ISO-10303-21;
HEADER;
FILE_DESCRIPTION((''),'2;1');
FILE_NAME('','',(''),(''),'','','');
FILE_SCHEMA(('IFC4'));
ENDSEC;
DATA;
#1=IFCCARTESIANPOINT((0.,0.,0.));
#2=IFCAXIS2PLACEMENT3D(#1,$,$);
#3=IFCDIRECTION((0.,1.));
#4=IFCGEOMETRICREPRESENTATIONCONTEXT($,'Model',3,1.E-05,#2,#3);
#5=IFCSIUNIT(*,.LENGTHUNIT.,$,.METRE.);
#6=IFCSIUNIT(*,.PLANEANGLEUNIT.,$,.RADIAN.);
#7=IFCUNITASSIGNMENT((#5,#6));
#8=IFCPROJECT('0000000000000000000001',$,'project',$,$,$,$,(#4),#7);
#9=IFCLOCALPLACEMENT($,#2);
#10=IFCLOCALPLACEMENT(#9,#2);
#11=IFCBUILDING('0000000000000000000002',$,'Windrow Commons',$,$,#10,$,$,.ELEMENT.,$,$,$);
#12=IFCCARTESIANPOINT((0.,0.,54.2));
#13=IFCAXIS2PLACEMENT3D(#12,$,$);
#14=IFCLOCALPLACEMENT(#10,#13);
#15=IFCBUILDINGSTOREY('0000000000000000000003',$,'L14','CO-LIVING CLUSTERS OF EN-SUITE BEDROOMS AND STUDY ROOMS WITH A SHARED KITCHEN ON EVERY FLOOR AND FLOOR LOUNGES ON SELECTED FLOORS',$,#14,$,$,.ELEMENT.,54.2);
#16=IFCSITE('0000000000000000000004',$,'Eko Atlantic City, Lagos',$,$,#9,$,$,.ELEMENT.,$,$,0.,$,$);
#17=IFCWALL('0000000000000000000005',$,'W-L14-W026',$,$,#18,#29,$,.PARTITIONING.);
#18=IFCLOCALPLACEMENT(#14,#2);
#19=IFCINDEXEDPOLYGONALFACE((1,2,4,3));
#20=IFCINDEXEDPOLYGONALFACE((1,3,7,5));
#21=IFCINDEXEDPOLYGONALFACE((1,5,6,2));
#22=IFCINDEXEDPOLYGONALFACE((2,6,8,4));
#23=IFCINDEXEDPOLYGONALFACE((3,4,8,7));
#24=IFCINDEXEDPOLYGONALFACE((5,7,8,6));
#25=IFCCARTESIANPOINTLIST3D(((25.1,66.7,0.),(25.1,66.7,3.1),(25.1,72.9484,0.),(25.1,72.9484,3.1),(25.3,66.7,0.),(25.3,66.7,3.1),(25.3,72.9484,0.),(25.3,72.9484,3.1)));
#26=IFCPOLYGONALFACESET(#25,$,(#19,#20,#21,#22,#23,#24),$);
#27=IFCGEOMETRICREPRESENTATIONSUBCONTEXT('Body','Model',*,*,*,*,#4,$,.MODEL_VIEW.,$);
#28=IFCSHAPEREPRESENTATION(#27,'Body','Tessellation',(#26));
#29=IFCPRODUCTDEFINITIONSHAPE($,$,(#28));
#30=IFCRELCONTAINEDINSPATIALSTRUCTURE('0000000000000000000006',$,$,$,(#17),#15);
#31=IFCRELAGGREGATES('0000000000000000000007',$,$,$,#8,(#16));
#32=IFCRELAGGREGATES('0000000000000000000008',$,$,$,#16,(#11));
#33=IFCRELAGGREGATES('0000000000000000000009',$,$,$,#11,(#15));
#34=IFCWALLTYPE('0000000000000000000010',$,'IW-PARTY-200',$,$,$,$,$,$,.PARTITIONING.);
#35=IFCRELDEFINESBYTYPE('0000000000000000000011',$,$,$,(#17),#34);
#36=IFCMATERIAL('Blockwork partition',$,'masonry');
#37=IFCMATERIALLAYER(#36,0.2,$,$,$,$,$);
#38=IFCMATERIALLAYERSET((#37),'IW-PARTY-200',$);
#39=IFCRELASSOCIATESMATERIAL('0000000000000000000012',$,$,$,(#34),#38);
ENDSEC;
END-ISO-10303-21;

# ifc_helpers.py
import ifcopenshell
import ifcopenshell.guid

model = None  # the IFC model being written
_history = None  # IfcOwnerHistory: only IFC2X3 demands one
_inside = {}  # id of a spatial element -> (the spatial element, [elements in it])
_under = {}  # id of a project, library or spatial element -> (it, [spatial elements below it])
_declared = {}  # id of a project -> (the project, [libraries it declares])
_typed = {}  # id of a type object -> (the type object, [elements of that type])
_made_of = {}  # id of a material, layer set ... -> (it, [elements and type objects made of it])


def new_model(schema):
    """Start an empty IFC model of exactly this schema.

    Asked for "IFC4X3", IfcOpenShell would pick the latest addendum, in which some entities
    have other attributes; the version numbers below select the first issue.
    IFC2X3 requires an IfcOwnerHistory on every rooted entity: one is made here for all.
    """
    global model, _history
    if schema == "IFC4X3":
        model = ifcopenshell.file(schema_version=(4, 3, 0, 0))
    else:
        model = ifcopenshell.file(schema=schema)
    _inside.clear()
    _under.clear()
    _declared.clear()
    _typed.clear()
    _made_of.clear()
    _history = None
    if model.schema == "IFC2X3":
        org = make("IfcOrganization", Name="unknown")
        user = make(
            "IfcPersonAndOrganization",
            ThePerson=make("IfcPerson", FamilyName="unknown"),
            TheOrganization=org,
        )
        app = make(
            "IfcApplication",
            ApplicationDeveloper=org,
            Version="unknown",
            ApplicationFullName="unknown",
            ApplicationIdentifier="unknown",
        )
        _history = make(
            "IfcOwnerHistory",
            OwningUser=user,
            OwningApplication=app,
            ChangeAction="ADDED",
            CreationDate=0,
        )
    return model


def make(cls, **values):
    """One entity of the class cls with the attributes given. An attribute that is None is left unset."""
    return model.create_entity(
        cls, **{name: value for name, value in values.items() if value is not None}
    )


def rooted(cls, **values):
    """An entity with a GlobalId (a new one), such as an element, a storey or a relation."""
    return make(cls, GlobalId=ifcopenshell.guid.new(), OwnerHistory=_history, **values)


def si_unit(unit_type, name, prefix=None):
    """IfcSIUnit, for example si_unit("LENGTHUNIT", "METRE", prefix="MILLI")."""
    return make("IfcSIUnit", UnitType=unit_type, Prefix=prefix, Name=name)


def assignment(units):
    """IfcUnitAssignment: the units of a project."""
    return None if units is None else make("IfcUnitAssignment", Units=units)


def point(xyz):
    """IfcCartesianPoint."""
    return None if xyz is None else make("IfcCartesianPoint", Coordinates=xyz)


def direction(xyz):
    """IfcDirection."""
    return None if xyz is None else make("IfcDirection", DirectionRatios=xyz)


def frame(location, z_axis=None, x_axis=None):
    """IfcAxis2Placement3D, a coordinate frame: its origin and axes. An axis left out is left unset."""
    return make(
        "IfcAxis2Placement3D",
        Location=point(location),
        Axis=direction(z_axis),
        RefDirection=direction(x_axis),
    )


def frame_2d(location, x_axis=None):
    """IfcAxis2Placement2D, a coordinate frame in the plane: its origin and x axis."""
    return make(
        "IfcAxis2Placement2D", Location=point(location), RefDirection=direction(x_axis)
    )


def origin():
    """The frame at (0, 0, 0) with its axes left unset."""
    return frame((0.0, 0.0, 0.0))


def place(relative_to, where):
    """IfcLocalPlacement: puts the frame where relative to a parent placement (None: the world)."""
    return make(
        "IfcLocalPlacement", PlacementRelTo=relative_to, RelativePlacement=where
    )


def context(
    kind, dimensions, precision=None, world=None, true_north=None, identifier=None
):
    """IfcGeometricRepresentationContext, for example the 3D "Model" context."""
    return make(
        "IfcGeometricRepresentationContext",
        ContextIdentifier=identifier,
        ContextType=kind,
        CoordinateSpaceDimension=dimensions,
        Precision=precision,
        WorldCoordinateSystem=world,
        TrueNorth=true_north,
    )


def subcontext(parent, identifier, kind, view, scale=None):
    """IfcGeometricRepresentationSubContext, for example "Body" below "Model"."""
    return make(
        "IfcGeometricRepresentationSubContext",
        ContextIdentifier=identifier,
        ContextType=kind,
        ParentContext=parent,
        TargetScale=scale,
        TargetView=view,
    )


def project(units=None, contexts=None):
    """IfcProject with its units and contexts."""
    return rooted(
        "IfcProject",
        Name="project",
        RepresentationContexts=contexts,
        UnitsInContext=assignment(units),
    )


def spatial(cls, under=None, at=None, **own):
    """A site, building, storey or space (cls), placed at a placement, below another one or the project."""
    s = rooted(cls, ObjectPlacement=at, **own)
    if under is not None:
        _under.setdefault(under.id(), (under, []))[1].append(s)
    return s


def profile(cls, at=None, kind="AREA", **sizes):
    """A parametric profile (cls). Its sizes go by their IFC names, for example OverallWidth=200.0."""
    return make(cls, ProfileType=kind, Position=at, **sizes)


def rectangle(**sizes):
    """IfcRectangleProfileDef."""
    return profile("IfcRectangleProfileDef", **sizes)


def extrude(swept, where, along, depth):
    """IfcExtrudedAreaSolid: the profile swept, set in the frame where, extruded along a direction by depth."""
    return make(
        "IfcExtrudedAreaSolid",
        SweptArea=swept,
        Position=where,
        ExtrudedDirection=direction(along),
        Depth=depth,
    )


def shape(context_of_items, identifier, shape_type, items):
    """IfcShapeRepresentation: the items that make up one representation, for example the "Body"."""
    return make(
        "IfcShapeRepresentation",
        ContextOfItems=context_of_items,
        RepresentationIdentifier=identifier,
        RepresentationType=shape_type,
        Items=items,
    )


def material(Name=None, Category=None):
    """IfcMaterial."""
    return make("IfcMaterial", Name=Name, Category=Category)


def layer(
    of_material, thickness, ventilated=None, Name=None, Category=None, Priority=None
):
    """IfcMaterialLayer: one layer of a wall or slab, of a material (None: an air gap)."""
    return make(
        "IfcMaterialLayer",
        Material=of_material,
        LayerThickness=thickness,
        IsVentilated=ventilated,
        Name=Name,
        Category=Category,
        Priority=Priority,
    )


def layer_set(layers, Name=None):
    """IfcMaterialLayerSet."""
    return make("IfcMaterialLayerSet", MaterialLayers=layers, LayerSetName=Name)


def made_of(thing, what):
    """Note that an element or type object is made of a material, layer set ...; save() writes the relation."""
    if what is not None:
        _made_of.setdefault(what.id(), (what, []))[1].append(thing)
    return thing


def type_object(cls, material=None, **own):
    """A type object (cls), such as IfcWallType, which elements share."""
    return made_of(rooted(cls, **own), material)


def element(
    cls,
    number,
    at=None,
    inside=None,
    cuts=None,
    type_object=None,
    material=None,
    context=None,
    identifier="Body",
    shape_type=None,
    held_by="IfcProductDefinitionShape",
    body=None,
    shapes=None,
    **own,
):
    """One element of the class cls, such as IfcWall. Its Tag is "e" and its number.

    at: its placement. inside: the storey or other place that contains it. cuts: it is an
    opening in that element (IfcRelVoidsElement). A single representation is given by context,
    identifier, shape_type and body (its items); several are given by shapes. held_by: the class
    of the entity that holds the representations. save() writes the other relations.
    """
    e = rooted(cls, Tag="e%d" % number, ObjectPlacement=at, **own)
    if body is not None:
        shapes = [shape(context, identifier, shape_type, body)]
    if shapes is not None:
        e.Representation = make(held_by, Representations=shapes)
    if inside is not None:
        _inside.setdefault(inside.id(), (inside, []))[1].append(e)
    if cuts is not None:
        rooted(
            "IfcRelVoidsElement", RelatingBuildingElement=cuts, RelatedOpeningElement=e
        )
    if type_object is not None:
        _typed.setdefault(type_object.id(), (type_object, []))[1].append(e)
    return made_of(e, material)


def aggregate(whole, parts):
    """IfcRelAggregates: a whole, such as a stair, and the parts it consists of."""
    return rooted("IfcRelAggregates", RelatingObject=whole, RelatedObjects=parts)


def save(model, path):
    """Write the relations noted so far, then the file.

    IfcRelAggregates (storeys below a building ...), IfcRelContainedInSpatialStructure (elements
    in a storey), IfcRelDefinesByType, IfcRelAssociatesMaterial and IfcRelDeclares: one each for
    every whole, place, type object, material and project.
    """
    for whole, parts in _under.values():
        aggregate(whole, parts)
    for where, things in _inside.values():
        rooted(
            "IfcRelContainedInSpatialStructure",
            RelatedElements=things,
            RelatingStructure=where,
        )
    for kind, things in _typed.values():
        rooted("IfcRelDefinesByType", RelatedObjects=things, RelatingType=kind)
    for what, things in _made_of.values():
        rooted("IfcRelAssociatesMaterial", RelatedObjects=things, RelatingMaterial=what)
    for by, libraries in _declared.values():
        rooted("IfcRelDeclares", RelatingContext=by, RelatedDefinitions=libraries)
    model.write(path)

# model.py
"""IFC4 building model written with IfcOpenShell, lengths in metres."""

from ifc_helpers import new_model, si_unit, direction, frame, frame_2d, origin, place, context, subcontext, project, spatial, rectangle, extrude, material, layer, layer_set, type_object, element, save


model = new_model("IFC4")

# Units and contexts
model_context = context("Model", 3, precision=1e-05, world=origin(), true_north=direction((0.0, 1.0)))
body_context = subcontext(model_context, "Body", "Model", "MODEL_VIEW")
ifc_project = project(units=[si_unit("LENGTHUNIT", "METRE"), si_unit("PLANEANGLEUNIT", "RADIAN")], contexts=[model_context])

# Site, building, storey
site_placement = place(None, origin())
site = spatial("IfcSite", under=ifc_project, at=site_placement, Name="Eko Atlantic City, Lagos", CompositionType="ELEMENT", RefElevation=0.0)
building_placement = place(site_placement, origin())
building = spatial("IfcBuilding", under=site, at=building_placement, Name="Windrow Commons", CompositionType="ELEMENT")
storey_placement = place(building_placement, frame((0.0, 0.0, 54.2)))
storey = spatial("IfcBuildingStorey", under=building, at=storey_placement, Name="L14", Description="CO-LIVING CLUSTERS OF EN-SUITE BEDROOMS AND STUDY ROOMS WITH A SHARED KITCHEN ON EVERY FLOOR AND FLOOR LOUNGES ON SELECTED FLOORS", CompositionType="ELEMENT", Elevation=54.2)

# Wall
ifc_material_1 = material(Name="Blockwork partition", Category="masonry")
ifc_layer_1 = layer(ifc_material_1, 0.2)
ifc_layer_set_1 = layer_set([ifc_layer_1], Name="IW-PARTY-200")
wall_type_1 = type_object("IfcWallType", Name="IW-PARTY-200", PredefinedType="PARTITIONING", material=ifc_layer_set_1)
wall_1_placement = place(storey_placement, frame((25.2, 66.7, 0.0), z_axis=(0.0, 0.0, 1.0), x_axis=(0.0, 1.0, 0.0)))
element("IfcWall", 1, at=wall_1_placement, inside=storey, type_object=wall_type_1, Name="W-L14-W026", PredefinedType="PARTITIONING", context=body_context, shape_type="SweptSolid", body=[
    extrude(rectangle(XDim=6.2484, YDim=0.2, at=frame_2d((3.1242, 0.0))), origin(), (0.0, 0.0, 1.0), 3.1),
])

save(model, "model.ifc")
